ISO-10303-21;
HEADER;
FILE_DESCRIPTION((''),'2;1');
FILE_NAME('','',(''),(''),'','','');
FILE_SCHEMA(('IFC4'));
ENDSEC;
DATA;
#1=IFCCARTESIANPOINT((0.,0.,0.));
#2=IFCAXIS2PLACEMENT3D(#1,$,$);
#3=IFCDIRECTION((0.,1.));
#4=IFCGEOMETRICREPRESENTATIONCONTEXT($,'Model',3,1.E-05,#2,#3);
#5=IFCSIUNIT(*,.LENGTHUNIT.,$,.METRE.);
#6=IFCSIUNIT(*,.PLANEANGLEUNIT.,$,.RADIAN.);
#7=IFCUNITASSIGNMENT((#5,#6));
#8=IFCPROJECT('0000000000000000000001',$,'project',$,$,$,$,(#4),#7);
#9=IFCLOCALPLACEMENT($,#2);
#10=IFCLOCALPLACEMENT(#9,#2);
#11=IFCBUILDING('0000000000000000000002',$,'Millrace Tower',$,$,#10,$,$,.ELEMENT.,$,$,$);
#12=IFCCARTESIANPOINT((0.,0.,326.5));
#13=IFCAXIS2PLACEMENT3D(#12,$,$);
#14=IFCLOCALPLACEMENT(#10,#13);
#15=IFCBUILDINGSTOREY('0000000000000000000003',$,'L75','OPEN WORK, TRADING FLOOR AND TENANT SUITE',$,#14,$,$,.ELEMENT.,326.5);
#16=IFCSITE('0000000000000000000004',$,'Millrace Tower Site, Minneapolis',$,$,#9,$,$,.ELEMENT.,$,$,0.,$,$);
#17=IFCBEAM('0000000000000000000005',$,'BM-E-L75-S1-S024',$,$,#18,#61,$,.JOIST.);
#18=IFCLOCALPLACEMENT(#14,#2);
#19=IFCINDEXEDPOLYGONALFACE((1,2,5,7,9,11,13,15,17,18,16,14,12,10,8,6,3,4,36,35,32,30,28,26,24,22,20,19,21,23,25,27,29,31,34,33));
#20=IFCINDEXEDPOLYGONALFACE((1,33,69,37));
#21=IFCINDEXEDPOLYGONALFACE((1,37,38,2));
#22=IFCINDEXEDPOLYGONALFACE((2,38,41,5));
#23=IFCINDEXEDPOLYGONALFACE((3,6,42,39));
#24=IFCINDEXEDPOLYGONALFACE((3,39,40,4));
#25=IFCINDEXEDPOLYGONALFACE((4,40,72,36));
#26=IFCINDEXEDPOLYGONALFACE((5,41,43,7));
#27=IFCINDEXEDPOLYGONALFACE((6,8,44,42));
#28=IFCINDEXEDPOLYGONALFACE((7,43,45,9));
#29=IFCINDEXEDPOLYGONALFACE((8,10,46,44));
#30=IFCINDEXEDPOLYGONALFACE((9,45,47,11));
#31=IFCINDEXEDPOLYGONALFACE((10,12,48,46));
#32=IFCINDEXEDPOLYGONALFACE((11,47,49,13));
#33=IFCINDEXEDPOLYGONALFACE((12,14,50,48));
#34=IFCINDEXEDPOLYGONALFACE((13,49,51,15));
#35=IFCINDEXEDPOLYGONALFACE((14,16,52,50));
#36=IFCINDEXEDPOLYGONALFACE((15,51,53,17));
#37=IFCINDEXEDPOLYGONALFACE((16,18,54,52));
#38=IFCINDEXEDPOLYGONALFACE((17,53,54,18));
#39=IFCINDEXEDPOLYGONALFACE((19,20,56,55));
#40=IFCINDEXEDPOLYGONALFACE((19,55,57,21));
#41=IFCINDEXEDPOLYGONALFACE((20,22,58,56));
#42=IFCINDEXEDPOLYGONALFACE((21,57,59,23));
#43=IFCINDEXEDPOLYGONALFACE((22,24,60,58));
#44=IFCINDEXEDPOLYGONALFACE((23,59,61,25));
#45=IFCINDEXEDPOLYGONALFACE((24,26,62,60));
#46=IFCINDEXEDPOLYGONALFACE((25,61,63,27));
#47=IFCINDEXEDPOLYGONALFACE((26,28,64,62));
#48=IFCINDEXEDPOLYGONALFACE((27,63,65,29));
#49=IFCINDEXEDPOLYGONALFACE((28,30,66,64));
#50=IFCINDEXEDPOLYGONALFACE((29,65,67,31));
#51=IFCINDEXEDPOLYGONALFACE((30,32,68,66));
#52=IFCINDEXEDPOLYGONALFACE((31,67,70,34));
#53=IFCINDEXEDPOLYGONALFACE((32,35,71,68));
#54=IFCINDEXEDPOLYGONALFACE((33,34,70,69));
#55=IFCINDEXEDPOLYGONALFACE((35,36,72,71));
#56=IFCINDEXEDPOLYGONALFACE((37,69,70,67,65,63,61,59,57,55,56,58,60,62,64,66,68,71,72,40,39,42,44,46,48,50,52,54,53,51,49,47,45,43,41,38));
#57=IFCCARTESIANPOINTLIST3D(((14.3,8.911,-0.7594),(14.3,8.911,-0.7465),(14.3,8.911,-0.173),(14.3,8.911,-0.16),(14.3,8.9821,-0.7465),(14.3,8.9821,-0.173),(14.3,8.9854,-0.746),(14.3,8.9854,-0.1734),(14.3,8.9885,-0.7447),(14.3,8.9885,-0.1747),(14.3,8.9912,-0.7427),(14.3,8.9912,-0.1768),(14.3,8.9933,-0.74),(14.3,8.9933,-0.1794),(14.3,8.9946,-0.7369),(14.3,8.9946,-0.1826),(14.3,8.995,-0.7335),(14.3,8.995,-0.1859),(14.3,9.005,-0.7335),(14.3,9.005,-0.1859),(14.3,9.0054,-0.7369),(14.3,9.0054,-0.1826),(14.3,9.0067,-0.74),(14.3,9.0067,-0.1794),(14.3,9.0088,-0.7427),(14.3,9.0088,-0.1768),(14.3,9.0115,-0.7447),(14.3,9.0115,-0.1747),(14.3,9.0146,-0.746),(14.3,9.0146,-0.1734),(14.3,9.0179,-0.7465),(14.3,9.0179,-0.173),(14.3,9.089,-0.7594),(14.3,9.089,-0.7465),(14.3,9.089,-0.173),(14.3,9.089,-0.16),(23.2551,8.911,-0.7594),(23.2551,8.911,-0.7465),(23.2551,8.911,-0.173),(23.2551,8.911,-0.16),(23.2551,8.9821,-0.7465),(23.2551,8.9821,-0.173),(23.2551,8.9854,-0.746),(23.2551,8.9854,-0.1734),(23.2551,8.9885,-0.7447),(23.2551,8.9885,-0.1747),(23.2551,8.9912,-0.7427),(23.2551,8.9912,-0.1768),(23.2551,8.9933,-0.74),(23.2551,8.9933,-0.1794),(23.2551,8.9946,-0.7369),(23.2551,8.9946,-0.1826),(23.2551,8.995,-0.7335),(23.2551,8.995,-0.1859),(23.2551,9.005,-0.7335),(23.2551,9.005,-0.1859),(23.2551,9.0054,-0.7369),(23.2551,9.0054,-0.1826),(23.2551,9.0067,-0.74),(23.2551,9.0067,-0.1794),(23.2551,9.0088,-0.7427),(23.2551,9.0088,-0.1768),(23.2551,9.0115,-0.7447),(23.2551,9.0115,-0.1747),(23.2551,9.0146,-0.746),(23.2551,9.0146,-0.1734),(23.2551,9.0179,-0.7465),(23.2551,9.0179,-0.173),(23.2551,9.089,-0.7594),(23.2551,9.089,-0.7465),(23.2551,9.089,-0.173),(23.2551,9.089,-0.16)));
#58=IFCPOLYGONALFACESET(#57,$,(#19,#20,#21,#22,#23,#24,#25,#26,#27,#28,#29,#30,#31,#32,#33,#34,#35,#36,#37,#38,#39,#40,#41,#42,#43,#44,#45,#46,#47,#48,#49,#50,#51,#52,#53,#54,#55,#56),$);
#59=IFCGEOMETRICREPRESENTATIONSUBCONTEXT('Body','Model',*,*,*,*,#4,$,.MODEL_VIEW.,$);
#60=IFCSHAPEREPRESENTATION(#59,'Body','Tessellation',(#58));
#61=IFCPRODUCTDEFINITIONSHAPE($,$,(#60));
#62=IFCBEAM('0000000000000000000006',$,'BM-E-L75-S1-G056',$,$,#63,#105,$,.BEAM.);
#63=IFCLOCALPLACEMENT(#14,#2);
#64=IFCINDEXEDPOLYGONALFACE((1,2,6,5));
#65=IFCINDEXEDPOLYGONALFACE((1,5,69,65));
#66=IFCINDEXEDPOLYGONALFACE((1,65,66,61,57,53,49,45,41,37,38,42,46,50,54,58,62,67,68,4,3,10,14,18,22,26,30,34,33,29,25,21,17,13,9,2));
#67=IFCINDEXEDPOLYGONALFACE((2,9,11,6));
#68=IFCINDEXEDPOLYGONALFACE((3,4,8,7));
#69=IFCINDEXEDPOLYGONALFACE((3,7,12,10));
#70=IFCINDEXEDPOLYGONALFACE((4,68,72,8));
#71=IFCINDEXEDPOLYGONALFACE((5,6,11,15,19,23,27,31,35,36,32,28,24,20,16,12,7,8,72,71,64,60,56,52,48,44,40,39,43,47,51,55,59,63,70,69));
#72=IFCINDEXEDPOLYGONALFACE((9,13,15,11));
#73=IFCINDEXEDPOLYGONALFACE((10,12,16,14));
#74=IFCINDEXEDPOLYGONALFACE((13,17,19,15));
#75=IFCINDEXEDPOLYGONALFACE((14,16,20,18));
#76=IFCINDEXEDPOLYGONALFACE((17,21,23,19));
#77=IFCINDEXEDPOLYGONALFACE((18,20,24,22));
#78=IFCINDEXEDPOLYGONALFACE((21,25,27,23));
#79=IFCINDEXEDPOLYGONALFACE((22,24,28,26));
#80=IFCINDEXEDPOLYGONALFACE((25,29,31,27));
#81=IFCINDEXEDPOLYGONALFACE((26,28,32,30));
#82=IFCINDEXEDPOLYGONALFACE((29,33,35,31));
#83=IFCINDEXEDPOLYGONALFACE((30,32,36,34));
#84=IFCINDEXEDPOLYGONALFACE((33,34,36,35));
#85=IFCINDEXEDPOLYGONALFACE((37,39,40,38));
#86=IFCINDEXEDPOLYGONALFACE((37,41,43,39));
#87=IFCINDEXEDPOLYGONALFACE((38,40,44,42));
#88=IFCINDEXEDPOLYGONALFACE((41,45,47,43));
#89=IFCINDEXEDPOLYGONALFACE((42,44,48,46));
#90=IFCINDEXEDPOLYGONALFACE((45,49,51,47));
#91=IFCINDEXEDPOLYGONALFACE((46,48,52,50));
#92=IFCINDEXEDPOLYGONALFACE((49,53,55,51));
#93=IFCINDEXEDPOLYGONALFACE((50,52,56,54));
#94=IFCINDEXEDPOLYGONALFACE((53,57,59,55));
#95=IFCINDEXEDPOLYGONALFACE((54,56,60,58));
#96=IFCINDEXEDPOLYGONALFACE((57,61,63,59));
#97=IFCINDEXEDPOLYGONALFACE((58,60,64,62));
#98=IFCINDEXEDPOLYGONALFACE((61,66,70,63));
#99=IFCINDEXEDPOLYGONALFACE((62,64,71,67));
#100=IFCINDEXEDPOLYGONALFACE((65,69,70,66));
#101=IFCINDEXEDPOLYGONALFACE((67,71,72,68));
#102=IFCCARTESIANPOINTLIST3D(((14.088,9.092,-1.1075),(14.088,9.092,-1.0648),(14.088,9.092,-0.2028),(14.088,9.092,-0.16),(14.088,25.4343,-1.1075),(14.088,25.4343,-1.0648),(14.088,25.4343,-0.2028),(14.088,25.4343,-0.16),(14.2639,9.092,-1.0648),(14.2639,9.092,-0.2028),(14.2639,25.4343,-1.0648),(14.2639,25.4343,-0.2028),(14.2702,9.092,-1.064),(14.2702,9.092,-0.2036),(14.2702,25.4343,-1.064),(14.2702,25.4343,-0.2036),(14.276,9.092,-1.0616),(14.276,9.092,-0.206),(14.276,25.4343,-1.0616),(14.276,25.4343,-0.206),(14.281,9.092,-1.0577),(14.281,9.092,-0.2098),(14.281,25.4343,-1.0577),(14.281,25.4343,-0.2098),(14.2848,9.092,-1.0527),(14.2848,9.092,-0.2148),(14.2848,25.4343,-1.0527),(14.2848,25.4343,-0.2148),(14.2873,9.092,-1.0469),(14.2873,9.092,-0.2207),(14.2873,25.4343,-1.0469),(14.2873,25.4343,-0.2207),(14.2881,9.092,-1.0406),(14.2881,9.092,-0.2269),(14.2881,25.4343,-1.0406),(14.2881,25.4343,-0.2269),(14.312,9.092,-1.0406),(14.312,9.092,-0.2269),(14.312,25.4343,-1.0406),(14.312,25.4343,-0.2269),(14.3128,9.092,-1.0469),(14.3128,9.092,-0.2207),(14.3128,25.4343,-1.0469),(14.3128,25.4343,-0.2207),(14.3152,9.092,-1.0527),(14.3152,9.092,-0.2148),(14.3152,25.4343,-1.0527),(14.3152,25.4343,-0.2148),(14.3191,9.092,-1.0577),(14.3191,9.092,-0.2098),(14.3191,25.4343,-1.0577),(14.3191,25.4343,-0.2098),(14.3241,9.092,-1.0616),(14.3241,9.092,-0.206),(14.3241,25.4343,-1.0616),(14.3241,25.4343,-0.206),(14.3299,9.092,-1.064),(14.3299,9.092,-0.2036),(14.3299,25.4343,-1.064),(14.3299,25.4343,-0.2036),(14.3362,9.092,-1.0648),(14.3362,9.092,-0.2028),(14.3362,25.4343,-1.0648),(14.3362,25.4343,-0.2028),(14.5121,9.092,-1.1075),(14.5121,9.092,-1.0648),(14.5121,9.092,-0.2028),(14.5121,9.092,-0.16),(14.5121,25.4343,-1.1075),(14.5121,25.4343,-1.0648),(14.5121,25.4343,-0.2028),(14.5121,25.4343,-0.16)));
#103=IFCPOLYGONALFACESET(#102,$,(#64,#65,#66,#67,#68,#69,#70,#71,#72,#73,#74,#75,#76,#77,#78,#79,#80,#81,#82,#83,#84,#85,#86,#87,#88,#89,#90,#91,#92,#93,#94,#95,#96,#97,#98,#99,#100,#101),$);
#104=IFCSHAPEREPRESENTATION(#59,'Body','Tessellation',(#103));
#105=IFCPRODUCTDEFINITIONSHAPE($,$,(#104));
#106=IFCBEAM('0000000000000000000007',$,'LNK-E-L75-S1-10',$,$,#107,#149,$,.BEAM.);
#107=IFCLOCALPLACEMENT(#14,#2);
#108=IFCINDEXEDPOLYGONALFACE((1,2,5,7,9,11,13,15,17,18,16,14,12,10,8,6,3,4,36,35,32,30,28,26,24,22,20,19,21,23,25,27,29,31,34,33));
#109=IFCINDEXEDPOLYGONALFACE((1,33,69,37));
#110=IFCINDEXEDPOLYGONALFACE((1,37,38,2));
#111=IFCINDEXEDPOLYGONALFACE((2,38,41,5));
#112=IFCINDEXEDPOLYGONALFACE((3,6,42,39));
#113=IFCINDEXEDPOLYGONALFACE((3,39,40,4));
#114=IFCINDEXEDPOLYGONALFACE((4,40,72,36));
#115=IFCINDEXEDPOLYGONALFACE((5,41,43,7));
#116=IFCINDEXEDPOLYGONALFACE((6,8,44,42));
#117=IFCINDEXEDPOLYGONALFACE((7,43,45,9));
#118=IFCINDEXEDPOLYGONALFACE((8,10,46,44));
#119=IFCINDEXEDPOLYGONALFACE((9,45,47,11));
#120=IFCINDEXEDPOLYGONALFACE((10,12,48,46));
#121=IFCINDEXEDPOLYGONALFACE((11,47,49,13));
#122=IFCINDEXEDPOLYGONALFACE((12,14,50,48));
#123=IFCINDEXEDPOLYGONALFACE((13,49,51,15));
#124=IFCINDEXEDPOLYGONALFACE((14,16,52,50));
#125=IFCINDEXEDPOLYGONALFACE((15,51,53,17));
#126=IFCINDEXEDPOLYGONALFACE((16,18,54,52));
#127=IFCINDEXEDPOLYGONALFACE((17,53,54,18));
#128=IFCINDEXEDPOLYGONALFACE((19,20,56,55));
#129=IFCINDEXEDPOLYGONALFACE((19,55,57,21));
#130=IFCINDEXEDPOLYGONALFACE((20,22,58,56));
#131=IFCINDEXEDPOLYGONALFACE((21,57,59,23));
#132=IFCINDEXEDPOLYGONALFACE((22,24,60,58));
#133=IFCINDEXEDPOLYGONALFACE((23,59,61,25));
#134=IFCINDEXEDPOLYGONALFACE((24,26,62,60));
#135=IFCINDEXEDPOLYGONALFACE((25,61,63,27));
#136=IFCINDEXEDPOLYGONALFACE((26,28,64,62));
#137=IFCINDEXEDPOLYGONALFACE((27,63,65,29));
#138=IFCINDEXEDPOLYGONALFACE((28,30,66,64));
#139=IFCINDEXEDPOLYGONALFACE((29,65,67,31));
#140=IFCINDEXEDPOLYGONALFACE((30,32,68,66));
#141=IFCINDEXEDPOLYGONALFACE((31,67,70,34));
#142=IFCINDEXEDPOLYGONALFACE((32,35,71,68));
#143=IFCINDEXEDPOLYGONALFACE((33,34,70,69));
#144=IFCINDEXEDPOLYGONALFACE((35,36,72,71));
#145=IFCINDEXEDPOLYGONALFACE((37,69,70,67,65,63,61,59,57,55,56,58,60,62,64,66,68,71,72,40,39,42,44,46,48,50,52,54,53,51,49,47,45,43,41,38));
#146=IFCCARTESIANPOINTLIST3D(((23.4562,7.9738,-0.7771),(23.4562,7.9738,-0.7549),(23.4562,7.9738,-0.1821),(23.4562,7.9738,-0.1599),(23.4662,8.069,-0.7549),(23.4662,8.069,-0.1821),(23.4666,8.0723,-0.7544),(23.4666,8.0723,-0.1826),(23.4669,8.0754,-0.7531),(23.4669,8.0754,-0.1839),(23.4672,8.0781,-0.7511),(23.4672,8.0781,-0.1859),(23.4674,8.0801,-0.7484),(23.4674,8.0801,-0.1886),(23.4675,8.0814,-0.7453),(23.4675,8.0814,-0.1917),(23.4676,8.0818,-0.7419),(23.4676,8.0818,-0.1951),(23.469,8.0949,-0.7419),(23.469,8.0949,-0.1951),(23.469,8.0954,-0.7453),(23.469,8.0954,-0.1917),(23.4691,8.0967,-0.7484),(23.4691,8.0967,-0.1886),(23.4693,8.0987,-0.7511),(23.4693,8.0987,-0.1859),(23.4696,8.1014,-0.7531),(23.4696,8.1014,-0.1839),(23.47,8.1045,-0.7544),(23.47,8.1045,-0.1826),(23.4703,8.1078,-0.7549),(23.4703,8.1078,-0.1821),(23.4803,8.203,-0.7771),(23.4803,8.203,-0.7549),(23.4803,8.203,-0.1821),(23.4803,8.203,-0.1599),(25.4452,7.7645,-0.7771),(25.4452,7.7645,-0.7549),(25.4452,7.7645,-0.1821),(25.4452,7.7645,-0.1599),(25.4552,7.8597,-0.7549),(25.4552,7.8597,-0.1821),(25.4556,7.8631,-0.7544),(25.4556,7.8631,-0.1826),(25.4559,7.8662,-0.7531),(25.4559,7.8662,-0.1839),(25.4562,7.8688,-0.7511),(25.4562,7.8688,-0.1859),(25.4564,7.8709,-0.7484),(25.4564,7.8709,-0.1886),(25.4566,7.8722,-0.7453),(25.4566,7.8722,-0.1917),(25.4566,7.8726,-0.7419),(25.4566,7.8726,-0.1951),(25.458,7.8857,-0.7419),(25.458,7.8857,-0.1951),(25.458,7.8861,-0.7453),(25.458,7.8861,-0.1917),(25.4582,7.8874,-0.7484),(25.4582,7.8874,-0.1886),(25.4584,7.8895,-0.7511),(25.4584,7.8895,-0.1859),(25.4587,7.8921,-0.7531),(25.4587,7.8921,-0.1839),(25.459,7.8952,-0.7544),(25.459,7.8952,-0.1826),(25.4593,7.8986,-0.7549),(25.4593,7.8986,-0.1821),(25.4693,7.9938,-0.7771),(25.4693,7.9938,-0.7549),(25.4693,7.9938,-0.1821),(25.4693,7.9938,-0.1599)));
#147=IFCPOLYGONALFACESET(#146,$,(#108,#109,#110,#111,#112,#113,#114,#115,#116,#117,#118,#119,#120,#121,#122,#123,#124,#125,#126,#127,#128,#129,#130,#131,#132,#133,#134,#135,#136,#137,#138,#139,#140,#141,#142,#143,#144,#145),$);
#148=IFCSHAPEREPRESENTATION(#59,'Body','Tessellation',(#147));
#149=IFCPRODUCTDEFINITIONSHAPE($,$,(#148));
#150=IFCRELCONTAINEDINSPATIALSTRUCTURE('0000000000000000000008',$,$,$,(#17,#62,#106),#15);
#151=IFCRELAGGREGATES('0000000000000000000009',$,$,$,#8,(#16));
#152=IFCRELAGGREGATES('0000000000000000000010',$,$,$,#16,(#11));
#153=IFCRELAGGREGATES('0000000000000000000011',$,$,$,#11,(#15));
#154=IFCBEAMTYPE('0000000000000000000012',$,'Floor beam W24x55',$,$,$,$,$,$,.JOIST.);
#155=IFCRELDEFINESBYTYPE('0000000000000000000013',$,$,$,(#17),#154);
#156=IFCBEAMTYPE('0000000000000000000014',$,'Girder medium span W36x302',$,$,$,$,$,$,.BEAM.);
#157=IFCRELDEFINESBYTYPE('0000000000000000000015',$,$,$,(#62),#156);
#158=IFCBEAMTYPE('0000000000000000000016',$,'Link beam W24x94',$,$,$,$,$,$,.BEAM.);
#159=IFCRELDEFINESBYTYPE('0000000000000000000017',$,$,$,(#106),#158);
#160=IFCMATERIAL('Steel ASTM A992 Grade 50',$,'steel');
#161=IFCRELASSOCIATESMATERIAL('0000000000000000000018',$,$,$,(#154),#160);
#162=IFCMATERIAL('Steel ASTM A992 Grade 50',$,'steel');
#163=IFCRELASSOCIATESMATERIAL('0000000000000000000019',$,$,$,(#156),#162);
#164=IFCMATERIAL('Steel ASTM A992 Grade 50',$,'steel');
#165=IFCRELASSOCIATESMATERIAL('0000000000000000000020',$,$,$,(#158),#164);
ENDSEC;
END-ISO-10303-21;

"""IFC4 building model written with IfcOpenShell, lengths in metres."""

from ifc_helpers import new_model, si_unit, direction, frame, origin, origin_2d, place, context, subcontext, project, spatial, i_section, extrude, material, material_profile, profile_set, type_object, element, save


model = new_model("IFC4")

# Units and contexts
model_context = context("Model", 3, precision=1e-05, world=origin(), true_north=direction((0.0, 1.0)))
body_context = subcontext(model_context, "Body", "Model", "MODEL_VIEW")
ifc_project = project(units=[si_unit("LENGTHUNIT", "METRE"), si_unit("PLANEANGLEUNIT", "RADIAN")], contexts=[model_context])

# Site, building, storey
site_placement = place(None, origin())
site = spatial("IfcSite", under=ifc_project, at=site_placement, Name="Millrace Tower Site, Minneapolis", CompositionType="ELEMENT", RefElevation=0.0)
building_placement = place(site_placement, origin())
building = spatial("IfcBuilding", under=site, at=building_placement, Name="Millrace Tower", CompositionType="ELEMENT")
storey_placement = place(building_placement, frame((0.0, 0.0, 326.5)))
storey = spatial("IfcBuildingStorey", under=building, at=storey_placement, Name="L75", Description="OPEN WORK, TRADING FLOOR AND TENANT SUITE", CompositionType="ELEMENT", Elevation=326.5)

# Beams
ifc_material_1 = material(Name="Steel ASTM A992 Grade 50", Category="steel")
ifc_material_profile_1 = material_profile(ifc_material_1, i_section(OverallWidth=0.178, OverallDepth=0.5994, WebThickness=0.01, FlangeThickness=0.0129, FilletRadius=0.0129, at=origin_2d()))
ifc_profile_set_1 = profile_set([ifc_material_profile_1], Name="Steel ASTM A992 Grade 50")
beam_type_1 = type_object("IfcBeamType", Name="Floor beam W24x55", PredefinedType="JOIST", material=ifc_profile_set_1)
beam_1_placement = place(storey_placement, frame((14.3, 9.0, -0.4597), z_axis=(1.0, 0.0, 0.0), x_axis=(0.0, 1.0, 0.0)))
element("IfcBeam", 1, at=beam_1_placement, inside=storey, type_object=beam_type_1, Name="BM-E-L75-S1-S024", PredefinedType="JOIST", context=body_context, shape_type="SweptSolid", body=[
    extrude(i_section(OverallWidth=0.178, OverallDepth=0.5994, WebThickness=0.01, FlangeThickness=0.0129, FilletRadius=0.0129, at=origin_2d()), origin(), (0.0, 0.0, 1.0), 8.9551),
])
ifc_material_2 = material(Name="Steel ASTM A992 Grade 50", Category="steel")
ifc_material_profile_2 = material_profile(ifc_material_2, i_section(OverallWidth=0.4241, OverallDepth=0.9475, WebThickness=0.0239, FlangeThickness=0.0427, FilletRadius=0.0242, at=origin_2d()))
ifc_profile_set_2 = profile_set([ifc_material_profile_2], Name="Steel ASTM A992 Grade 50")
beam_type_2 = type_object("IfcBeamType", Name="Girder medium span W36x302", PredefinedType="BEAM", material=ifc_profile_set_2)
beam_2_placement = place(storey_placement, frame((14.3, 9.092, -0.6338), z_axis=(0.0, 1.0, 0.0), x_axis=(-1.0, 0.0, 0.0)))
element("IfcBeam", 2, at=beam_2_placement, inside=storey, type_object=beam_type_2, Name="BM-E-L75-S1-G056", PredefinedType="BEAM", context=body_context, shape_type="SweptSolid", body=[
    extrude(i_section(OverallWidth=0.4241, OverallDepth=0.9475, WebThickness=0.0239, FlangeThickness=0.0427, FilletRadius=0.0242, at=origin_2d()), origin(), (0.0, 0.0, 1.0), 16.3423),
])
ifc_material_3 = material(Name="Steel ASTM A992 Grade 50", Category="steel")
ifc_material_profile_3 = material_profile(ifc_material_3, i_section(OverallWidth=0.2305, OverallDepth=0.6172, WebThickness=0.0132, FlangeThickness=0.0222, FilletRadius=0.0129, at=origin_2d()))
ifc_profile_set_3 = profile_set([ifc_material_profile_3], Name="Steel ASTM A992 Grade 50")
beam_type_3 = type_object("IfcBeamType", Name="Link beam W24x94", PredefinedType="BEAM", material=ifc_profile_set_3)
beam_3_placement = place(storey_placement, frame((23.4683, 8.0884, -0.4685), z_axis=(0.994513, -0.104615, 0.0), x_axis=(0.104615, 0.994513, 0.0)))
element("IfcBeam", 3, at=beam_3_placement, inside=storey, type_object=beam_type_3, Name="LNK-E-L75-S1-10", PredefinedType="BEAM", context=body_context, shape_type="SweptSolid", body=[
    extrude(i_section(OverallWidth=0.2305, OverallDepth=0.6172, WebThickness=0.0132, FlangeThickness=0.0222, FilletRadius=0.0129, at=origin_2d()), origin(), (0.0, 0.0, 1.0), 2.0),
])

save(model, "model.ifc")
